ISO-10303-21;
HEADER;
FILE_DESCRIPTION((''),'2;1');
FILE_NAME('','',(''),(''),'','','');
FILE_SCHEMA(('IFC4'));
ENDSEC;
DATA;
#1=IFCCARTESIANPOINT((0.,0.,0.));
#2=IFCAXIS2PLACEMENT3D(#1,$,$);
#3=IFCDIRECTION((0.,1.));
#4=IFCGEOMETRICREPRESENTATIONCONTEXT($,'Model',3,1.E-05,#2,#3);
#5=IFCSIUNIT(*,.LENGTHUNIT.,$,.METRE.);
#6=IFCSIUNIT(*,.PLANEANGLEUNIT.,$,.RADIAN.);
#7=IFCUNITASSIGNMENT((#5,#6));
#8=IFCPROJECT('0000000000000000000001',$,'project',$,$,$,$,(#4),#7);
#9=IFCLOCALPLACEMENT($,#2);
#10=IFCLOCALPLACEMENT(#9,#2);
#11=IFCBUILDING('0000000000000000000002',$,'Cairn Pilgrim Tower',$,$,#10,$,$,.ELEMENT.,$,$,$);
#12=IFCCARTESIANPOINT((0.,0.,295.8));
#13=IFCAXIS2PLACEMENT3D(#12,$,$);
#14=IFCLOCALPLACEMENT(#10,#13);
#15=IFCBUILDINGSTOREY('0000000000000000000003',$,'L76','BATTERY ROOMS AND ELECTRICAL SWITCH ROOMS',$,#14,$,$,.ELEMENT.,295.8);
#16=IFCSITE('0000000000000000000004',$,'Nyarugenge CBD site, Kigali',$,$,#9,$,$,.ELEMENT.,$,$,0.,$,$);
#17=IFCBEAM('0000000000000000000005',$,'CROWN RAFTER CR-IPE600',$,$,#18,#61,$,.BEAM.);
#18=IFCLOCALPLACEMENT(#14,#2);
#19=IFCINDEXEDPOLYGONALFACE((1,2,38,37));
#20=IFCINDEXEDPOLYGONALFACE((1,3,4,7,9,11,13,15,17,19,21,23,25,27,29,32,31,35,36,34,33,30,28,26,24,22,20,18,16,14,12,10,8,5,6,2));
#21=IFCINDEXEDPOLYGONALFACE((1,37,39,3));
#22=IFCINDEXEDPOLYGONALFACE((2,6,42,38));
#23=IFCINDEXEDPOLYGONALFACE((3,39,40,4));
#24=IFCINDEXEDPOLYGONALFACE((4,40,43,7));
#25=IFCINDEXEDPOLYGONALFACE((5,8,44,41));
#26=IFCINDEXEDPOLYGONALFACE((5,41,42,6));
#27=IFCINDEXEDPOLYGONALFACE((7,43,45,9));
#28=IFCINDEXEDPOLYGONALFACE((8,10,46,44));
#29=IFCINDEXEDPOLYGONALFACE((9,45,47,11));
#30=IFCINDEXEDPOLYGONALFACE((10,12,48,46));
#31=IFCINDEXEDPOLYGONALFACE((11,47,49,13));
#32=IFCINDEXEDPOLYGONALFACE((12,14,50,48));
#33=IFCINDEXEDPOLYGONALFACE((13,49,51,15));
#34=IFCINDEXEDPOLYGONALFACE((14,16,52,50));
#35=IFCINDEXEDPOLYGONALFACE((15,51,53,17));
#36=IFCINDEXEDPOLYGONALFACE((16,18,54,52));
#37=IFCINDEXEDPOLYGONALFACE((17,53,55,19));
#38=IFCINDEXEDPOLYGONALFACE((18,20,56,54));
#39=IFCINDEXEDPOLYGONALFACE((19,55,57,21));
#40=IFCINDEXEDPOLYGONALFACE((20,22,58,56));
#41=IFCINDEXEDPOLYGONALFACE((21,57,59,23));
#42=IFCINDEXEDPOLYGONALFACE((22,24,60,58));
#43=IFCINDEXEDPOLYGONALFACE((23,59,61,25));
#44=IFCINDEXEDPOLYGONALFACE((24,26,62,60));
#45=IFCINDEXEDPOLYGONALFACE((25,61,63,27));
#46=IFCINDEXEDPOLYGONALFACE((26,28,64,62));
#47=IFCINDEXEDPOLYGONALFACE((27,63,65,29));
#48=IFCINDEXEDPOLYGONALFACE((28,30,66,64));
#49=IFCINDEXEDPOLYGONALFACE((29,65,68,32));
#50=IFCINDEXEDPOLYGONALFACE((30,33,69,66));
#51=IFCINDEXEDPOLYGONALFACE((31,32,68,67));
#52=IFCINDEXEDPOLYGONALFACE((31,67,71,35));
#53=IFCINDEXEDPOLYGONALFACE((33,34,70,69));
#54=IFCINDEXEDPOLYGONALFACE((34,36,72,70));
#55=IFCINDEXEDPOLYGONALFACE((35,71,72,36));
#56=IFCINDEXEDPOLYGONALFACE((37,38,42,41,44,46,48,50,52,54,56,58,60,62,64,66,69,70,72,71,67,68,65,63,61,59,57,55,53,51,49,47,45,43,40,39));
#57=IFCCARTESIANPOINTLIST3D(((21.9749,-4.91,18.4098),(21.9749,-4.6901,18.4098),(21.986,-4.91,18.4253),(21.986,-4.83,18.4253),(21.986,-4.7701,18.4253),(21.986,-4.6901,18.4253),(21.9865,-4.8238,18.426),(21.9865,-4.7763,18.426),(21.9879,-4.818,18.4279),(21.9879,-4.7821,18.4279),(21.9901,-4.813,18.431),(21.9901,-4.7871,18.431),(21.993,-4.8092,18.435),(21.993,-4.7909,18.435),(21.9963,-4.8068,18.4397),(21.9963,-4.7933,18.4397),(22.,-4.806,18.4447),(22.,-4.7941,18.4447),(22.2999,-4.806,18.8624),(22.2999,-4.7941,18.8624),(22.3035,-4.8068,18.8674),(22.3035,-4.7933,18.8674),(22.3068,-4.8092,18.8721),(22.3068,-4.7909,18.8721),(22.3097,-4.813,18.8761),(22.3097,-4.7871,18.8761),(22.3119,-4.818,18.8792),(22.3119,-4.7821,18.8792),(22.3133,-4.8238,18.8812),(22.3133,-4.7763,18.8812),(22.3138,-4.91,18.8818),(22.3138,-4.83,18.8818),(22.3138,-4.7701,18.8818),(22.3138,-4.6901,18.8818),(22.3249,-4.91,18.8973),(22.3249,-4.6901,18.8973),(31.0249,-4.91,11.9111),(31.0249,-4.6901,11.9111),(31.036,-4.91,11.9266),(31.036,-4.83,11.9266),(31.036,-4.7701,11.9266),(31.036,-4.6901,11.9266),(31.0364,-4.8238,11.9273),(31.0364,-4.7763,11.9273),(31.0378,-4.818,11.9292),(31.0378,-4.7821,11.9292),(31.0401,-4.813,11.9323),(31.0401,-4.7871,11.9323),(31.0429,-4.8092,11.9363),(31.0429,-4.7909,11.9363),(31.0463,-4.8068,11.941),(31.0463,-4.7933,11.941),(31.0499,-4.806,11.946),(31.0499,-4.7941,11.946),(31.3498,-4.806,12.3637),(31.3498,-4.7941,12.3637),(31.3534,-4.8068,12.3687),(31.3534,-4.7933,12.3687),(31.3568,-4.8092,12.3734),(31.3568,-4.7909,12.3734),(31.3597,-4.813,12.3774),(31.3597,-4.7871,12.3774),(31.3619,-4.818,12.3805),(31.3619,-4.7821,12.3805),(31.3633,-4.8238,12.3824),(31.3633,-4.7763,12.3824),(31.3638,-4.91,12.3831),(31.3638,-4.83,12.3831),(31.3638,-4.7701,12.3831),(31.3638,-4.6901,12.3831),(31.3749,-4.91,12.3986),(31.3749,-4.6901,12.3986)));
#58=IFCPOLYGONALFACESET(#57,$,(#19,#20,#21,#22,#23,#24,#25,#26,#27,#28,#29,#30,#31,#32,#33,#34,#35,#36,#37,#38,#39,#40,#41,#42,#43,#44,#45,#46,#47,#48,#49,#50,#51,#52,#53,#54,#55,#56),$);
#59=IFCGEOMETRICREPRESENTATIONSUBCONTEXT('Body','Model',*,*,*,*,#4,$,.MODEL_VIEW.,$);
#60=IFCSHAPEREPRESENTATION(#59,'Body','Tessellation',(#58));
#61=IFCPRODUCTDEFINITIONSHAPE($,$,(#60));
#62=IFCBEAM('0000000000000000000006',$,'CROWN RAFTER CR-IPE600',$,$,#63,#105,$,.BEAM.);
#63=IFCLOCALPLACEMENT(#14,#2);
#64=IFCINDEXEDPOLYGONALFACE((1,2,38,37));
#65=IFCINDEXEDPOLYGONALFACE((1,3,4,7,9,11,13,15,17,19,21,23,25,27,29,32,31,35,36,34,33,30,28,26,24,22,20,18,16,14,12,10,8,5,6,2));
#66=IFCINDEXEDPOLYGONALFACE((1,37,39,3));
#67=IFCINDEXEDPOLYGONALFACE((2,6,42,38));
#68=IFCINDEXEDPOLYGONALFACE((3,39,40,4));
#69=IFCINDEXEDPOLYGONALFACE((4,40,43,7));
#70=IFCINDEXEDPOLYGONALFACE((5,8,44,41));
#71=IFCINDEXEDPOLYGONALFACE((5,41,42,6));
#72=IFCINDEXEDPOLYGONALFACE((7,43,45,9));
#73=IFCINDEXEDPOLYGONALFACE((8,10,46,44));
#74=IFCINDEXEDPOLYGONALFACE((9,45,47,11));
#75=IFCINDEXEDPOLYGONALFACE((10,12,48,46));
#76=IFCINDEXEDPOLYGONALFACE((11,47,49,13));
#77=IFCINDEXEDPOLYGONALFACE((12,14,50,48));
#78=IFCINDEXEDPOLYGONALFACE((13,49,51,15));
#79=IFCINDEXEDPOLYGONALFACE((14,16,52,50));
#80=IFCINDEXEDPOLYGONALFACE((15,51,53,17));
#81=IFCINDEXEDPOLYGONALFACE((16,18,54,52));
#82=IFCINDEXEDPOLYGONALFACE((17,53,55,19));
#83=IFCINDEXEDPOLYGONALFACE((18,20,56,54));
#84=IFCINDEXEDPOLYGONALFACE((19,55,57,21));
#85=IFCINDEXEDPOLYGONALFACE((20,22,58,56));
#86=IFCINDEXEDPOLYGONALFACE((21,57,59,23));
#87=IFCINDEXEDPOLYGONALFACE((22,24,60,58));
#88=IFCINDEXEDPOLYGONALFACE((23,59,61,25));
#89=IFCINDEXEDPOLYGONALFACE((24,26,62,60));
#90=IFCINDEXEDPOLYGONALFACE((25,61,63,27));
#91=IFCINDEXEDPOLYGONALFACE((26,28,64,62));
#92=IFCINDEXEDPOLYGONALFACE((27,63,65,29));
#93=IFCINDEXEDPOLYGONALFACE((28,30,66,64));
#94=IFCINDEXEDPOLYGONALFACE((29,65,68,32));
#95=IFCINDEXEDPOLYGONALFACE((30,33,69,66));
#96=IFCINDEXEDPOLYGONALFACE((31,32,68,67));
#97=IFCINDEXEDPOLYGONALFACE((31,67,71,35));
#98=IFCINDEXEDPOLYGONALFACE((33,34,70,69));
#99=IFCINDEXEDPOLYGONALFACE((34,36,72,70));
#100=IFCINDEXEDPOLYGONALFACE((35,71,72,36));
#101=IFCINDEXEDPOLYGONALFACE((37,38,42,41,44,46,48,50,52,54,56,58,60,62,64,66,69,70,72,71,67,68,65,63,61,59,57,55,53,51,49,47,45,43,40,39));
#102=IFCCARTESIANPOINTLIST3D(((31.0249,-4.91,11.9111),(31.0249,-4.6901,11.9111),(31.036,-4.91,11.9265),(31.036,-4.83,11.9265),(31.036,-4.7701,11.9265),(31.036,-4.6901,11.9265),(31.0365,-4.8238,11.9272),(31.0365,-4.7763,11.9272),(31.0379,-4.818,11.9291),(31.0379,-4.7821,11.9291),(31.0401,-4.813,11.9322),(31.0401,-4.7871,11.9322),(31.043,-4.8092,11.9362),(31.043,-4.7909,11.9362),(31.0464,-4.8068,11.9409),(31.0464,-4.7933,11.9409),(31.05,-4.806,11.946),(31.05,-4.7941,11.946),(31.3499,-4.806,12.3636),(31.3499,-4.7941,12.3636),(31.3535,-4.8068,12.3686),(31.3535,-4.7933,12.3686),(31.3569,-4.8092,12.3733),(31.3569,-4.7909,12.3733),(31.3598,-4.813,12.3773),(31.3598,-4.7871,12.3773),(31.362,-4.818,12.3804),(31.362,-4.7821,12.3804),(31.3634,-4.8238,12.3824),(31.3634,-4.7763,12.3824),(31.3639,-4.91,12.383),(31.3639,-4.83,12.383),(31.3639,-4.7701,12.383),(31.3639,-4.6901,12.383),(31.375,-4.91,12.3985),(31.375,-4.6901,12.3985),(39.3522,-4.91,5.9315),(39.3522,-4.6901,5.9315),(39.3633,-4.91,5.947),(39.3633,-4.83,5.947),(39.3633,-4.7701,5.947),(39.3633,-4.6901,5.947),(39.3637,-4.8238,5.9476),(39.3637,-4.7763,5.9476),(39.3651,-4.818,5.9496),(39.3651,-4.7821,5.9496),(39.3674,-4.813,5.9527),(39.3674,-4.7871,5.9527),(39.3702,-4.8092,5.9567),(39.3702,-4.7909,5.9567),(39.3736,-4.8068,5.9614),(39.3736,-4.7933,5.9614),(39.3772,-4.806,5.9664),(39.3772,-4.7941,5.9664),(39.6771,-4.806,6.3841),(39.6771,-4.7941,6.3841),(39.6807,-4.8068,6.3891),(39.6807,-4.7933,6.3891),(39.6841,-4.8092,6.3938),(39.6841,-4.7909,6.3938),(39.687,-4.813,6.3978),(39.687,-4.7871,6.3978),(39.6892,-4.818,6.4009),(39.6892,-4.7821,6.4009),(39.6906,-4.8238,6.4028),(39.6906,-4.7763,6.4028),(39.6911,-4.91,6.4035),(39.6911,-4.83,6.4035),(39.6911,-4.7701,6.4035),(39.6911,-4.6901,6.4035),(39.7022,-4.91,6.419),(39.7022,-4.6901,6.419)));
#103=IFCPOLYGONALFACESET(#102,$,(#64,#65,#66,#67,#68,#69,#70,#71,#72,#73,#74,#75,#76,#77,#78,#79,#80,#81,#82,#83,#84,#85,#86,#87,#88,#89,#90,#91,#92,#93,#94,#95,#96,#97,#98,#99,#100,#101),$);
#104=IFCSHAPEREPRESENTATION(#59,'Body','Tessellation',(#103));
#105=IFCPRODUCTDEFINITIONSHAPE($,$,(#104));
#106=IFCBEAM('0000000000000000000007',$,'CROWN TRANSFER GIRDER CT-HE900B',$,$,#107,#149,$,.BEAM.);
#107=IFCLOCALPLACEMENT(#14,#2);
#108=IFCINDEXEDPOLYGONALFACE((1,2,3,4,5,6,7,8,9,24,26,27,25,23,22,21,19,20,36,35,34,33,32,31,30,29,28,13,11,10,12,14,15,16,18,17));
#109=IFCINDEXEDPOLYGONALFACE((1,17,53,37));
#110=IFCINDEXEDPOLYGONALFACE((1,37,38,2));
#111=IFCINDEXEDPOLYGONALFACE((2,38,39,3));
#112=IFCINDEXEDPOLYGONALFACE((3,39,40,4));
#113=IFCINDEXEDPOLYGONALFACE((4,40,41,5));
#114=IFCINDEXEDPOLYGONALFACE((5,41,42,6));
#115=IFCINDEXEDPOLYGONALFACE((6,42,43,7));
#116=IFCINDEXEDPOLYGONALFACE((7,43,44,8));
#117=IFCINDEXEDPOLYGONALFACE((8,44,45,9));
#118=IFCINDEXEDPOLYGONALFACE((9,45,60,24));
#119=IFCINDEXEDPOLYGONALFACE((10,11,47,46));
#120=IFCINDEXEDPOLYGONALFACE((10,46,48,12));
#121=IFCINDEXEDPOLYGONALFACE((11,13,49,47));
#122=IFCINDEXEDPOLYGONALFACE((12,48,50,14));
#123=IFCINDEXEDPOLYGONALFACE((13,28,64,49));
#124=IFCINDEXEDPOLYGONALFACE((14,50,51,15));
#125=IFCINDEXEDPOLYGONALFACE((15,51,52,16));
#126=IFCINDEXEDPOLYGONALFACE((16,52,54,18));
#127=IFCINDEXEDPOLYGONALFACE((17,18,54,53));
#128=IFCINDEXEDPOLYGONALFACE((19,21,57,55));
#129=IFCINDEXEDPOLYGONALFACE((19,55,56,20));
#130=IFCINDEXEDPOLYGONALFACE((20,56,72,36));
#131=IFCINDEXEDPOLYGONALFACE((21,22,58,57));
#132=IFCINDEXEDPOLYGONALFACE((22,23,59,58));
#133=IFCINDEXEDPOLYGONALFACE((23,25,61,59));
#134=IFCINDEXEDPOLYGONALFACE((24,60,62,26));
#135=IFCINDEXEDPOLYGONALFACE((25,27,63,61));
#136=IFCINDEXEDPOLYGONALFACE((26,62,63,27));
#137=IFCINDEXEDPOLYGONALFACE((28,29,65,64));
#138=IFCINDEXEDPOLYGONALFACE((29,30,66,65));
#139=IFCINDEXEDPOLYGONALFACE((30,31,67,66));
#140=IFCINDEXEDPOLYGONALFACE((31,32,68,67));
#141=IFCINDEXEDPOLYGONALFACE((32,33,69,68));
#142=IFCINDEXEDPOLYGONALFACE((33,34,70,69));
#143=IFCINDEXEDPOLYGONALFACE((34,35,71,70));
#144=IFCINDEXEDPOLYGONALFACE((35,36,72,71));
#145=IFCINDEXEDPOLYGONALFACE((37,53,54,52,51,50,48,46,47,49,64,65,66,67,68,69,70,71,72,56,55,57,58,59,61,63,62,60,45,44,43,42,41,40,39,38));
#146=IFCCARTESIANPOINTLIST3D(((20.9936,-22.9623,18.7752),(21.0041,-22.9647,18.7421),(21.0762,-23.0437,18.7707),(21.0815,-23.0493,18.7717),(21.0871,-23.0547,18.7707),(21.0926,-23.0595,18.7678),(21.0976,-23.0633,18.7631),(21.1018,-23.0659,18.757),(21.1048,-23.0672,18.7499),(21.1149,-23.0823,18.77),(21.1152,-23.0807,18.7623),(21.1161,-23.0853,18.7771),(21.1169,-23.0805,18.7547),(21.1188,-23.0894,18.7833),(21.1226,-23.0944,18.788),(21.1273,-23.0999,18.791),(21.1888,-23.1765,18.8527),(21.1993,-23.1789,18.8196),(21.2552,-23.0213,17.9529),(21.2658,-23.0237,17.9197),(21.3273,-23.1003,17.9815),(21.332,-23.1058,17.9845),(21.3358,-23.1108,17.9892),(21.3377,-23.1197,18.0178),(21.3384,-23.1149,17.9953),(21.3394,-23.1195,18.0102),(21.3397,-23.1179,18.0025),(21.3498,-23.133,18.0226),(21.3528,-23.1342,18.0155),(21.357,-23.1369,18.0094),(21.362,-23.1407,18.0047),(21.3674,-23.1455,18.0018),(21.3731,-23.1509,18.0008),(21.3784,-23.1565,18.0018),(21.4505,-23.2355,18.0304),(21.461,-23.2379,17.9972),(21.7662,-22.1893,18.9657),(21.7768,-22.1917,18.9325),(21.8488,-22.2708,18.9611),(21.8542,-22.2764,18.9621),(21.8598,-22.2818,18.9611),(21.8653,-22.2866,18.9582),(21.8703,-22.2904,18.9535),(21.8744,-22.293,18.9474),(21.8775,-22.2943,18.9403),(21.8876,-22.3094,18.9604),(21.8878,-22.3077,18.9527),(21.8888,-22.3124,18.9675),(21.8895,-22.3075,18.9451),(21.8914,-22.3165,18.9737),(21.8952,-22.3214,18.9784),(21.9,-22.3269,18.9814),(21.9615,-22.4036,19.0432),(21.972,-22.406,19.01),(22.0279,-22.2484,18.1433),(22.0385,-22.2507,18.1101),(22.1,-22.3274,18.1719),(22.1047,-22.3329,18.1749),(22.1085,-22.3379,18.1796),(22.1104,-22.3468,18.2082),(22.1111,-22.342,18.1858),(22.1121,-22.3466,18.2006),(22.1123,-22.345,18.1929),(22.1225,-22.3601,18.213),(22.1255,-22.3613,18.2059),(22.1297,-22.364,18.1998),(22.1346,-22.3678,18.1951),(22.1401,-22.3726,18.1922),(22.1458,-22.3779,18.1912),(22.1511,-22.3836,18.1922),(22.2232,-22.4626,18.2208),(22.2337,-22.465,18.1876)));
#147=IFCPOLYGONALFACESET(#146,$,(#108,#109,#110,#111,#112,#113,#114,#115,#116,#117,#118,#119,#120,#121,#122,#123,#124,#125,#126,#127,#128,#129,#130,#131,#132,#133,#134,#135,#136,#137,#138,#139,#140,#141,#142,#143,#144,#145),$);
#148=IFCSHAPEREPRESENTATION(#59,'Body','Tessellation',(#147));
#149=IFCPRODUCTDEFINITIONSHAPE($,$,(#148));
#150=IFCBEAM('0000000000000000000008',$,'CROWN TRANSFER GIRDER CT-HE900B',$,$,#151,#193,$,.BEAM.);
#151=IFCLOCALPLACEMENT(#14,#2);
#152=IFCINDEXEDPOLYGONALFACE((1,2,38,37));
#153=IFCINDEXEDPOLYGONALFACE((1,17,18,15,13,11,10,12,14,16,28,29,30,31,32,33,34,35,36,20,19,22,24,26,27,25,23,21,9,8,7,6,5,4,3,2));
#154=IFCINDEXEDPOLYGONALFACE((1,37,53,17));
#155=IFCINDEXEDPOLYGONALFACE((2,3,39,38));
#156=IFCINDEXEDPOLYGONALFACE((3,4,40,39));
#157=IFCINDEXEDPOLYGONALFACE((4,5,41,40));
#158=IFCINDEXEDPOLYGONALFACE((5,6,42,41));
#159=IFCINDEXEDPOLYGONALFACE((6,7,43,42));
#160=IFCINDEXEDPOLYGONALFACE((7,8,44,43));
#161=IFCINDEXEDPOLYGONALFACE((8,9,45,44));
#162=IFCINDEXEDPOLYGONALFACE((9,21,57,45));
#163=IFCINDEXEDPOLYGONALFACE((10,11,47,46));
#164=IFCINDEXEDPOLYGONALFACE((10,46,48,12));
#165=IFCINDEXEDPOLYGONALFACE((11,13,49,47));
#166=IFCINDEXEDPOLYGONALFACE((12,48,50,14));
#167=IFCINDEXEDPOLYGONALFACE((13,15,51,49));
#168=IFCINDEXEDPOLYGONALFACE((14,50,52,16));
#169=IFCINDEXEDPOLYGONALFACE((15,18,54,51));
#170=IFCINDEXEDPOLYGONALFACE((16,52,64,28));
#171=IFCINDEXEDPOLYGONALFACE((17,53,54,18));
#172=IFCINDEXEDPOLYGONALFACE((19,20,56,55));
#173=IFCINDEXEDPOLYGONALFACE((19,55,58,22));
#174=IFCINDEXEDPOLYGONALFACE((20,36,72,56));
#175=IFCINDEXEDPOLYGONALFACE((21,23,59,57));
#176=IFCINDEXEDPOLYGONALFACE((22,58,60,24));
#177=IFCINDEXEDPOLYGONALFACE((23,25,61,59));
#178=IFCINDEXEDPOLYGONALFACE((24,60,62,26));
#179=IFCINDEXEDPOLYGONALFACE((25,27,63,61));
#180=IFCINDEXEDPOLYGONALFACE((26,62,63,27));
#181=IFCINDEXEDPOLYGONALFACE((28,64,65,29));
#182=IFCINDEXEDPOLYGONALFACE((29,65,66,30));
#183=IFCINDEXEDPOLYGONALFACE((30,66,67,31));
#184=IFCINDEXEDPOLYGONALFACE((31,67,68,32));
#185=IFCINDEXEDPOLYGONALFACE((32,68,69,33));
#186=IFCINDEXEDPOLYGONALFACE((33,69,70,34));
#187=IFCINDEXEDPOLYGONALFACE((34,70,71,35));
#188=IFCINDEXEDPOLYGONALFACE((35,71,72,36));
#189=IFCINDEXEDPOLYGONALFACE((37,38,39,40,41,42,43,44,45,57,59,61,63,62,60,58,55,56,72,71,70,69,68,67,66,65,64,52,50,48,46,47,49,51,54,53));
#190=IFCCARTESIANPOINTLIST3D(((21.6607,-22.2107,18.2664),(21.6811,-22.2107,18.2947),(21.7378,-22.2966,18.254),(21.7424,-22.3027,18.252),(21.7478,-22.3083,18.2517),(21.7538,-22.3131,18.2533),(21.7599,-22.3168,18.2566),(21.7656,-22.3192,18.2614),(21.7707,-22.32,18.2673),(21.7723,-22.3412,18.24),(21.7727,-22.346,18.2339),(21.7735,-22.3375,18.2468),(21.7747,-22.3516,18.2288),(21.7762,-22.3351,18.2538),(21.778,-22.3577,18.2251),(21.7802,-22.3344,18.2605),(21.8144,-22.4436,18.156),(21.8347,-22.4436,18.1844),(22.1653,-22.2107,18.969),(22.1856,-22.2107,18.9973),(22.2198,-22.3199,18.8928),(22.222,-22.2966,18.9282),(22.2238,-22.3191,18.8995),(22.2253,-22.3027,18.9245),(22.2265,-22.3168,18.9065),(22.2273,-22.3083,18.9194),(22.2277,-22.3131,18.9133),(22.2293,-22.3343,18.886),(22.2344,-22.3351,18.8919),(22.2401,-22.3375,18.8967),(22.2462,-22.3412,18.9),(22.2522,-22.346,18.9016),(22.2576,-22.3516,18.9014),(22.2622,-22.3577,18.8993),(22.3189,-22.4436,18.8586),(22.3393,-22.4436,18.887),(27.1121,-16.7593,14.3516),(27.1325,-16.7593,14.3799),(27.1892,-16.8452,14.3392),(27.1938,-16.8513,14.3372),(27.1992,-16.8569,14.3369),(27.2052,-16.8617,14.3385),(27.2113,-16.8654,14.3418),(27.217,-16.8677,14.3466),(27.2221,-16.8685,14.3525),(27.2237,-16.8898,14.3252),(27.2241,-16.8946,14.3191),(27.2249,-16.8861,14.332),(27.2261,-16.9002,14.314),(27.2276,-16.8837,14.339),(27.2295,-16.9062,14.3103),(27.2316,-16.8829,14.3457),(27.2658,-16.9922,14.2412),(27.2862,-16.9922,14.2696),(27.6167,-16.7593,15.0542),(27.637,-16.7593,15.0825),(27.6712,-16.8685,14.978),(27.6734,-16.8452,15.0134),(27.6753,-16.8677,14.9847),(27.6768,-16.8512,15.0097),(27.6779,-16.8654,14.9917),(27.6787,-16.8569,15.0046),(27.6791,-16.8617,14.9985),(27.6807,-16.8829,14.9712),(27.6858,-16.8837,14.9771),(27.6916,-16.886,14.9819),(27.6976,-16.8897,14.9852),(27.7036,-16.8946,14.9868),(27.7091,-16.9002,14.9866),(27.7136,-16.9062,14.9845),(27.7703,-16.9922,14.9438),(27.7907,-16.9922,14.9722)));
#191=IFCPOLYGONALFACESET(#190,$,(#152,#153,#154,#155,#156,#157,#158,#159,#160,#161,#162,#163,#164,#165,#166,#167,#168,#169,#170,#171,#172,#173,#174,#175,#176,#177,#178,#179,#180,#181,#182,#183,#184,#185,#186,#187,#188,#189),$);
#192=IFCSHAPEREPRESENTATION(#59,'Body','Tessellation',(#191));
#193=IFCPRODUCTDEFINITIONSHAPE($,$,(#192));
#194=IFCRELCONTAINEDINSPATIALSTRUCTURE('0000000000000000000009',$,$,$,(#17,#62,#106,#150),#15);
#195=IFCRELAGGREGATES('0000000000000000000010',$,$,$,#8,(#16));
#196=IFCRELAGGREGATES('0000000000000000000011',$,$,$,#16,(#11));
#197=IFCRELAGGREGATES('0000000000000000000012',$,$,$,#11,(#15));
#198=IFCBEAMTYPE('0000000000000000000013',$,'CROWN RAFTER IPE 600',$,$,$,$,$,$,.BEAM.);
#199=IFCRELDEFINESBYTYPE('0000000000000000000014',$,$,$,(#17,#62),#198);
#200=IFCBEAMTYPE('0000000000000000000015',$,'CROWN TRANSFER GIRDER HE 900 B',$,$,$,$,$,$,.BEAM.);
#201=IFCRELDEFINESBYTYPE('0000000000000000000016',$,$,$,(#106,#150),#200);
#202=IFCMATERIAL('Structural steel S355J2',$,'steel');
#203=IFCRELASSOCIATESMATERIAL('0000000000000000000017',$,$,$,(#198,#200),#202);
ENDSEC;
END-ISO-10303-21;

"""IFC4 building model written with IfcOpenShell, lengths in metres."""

from ifc_helpers import new_model, si_unit, direction, frame, origin, origin_2d, place, context, subcontext, project, spatial, i_section, extrude, material, material_profile, profile_set, type_object, element, save


model = new_model("IFC4")

# Units and contexts
model_context = context("Model", 3, precision=1e-05, world=origin(), true_north=direction((0.0, 1.0)))
body_context = subcontext(model_context, "Body", "Model", "MODEL_VIEW")
ifc_project = project(units=[si_unit("LENGTHUNIT", "METRE"), si_unit("PLANEANGLEUNIT", "RADIAN")], contexts=[model_context])

# Site, building, storey
site_placement = place(None, origin())
site = spatial("IfcSite", under=ifc_project, at=site_placement, Name="Nyarugenge CBD site, Kigali", CompositionType="ELEMENT", RefElevation=0.0)
building_placement = place(site_placement, origin())
building = spatial("IfcBuilding", under=site, at=building_placement, Name="Cairn Pilgrim Tower", CompositionType="ELEMENT")
storey_placement = place(building_placement, frame((0.0, 0.0, 295.8)))
storey = spatial("IfcBuildingStorey", under=building, at=storey_placement, Name="L76", Description="BATTERY ROOMS AND ELECTRICAL SWITCH ROOMS", CompositionType="ELEMENT", Elevation=295.8)

# Beams
ifc_material_1 = material(Name="Structural steel S355J2", Category="steel")
ifc_material_profile_1 = material_profile(ifc_material_1, i_section(OverallWidth=0.22, OverallDepth=0.6001, WebThickness=0.012, FlangeThickness=0.019, FilletRadius=0.0239, at=origin_2d()), Name="IPE 600")
ifc_profile_set_1 = profile_set([ifc_material_profile_1], Name="Structural steel S355J2")
beam_type_1 = type_object("IfcBeamType", Name="CROWN RAFTER IPE 600", PredefinedType="BEAM", material=ifc_profile_set_1)
beam_1_placement = place(storey_placement, frame((22.1499, -4.8, 18.6536), z_axis=(0.812268, 0.0, -0.583284), x_axis=(0.0, 1.0, 0.0)))
element("IfcBeam", 1, at=beam_1_placement, inside=storey, type_object=beam_type_1, Name="CROWN RAFTER CR-IPE600", PredefinedType="BEAM", context=body_context, shape_type="SweptSolid", body=[
    extrude(i_section(OverallWidth=0.22, OverallDepth=0.6001, WebThickness=0.012, FlangeThickness=0.019, FilletRadius=0.0239, at=origin_2d()), origin(), (0.0, 0.0, 1.0), 11.1416),
])
beam_2_placement = place(storey_placement, frame((31.2, -4.8, 12.1548), z_axis=(0.812276, 0.0, -0.583273), x_axis=(0.0, 1.0, 0.0)))
element("IfcBeam", 2, at=beam_2_placement, inside=storey, type_object=beam_type_1, Name="CROWN RAFTER CR-IPE600", PredefinedType="BEAM", context=body_context, shape_type="SweptSolid", body=[
    extrude(i_section(OverallWidth=0.22, OverallDepth=0.6001, WebThickness=0.012, FlangeThickness=0.019, FilletRadius=0.0239, at=origin_2d()), origin(), (0.0, 0.0, 1.0), 10.2517),
])
ifc_material_profile_2 = material_profile(ifc_material_1, i_section(OverallWidth=0.3, OverallDepth=0.8999, WebThickness=0.0186, FlangeThickness=0.0349, FilletRadius=0.03, at=origin_2d()), Name="HEB 900")
ifc_profile_set_2 = profile_set([ifc_material_profile_2], Name="Structural steel S355J2")
beam_type_2 = type_object("IfcBeamType", Name="CROWN TRANSFER GIRDER HE 900 B", PredefinedType="BEAM", material=ifc_profile_set_2)
beam_3_placement = place(storey_placement, frame((21.2273, -23.1001, 18.3862), z_axis=(0.696502, 0.696722, 0.17165), x_axis=(-0.650658, 0.71409, -0.258303)))
element("IfcBeam", 3, at=beam_3_placement, inside=storey, type_object=beam_type_2, Name="CROWN TRANSFER GIRDER CT-HE900B", PredefinedType="BEAM", context=body_context, shape_type="SweptSolid", body=[
    extrude(i_section(OverallWidth=0.3, OverallDepth=0.8999, WebThickness=0.0186, FlangeThickness=0.0349, FilletRadius=0.03, at=origin_2d()), origin(), (0.0, 0.0, 1.0), 1.1094),
])
beam_4_placement = place(storey_placement, frame((22.0, -22.3271, 18.5767), z_axis=(0.630479, 0.630479, -0.452762), x_axis=(-0.512119, 0.776207, 0.367746)))
element("IfcBeam", 4, at=beam_4_placement, inside=storey, type_object=beam_type_2, Name="CROWN TRANSFER GIRDER CT-HE900B", PredefinedType="BEAM", context=body_context, shape_type="SweptSolid", body=[
    extrude(i_section(OverallWidth=0.3, OverallDepth=0.8999, WebThickness=0.0186, FlangeThickness=0.0349, FilletRadius=0.03, at=origin_2d()), origin(), (0.0, 0.0, 1.0), 8.6465),
])

save(model, "model.ifc")
